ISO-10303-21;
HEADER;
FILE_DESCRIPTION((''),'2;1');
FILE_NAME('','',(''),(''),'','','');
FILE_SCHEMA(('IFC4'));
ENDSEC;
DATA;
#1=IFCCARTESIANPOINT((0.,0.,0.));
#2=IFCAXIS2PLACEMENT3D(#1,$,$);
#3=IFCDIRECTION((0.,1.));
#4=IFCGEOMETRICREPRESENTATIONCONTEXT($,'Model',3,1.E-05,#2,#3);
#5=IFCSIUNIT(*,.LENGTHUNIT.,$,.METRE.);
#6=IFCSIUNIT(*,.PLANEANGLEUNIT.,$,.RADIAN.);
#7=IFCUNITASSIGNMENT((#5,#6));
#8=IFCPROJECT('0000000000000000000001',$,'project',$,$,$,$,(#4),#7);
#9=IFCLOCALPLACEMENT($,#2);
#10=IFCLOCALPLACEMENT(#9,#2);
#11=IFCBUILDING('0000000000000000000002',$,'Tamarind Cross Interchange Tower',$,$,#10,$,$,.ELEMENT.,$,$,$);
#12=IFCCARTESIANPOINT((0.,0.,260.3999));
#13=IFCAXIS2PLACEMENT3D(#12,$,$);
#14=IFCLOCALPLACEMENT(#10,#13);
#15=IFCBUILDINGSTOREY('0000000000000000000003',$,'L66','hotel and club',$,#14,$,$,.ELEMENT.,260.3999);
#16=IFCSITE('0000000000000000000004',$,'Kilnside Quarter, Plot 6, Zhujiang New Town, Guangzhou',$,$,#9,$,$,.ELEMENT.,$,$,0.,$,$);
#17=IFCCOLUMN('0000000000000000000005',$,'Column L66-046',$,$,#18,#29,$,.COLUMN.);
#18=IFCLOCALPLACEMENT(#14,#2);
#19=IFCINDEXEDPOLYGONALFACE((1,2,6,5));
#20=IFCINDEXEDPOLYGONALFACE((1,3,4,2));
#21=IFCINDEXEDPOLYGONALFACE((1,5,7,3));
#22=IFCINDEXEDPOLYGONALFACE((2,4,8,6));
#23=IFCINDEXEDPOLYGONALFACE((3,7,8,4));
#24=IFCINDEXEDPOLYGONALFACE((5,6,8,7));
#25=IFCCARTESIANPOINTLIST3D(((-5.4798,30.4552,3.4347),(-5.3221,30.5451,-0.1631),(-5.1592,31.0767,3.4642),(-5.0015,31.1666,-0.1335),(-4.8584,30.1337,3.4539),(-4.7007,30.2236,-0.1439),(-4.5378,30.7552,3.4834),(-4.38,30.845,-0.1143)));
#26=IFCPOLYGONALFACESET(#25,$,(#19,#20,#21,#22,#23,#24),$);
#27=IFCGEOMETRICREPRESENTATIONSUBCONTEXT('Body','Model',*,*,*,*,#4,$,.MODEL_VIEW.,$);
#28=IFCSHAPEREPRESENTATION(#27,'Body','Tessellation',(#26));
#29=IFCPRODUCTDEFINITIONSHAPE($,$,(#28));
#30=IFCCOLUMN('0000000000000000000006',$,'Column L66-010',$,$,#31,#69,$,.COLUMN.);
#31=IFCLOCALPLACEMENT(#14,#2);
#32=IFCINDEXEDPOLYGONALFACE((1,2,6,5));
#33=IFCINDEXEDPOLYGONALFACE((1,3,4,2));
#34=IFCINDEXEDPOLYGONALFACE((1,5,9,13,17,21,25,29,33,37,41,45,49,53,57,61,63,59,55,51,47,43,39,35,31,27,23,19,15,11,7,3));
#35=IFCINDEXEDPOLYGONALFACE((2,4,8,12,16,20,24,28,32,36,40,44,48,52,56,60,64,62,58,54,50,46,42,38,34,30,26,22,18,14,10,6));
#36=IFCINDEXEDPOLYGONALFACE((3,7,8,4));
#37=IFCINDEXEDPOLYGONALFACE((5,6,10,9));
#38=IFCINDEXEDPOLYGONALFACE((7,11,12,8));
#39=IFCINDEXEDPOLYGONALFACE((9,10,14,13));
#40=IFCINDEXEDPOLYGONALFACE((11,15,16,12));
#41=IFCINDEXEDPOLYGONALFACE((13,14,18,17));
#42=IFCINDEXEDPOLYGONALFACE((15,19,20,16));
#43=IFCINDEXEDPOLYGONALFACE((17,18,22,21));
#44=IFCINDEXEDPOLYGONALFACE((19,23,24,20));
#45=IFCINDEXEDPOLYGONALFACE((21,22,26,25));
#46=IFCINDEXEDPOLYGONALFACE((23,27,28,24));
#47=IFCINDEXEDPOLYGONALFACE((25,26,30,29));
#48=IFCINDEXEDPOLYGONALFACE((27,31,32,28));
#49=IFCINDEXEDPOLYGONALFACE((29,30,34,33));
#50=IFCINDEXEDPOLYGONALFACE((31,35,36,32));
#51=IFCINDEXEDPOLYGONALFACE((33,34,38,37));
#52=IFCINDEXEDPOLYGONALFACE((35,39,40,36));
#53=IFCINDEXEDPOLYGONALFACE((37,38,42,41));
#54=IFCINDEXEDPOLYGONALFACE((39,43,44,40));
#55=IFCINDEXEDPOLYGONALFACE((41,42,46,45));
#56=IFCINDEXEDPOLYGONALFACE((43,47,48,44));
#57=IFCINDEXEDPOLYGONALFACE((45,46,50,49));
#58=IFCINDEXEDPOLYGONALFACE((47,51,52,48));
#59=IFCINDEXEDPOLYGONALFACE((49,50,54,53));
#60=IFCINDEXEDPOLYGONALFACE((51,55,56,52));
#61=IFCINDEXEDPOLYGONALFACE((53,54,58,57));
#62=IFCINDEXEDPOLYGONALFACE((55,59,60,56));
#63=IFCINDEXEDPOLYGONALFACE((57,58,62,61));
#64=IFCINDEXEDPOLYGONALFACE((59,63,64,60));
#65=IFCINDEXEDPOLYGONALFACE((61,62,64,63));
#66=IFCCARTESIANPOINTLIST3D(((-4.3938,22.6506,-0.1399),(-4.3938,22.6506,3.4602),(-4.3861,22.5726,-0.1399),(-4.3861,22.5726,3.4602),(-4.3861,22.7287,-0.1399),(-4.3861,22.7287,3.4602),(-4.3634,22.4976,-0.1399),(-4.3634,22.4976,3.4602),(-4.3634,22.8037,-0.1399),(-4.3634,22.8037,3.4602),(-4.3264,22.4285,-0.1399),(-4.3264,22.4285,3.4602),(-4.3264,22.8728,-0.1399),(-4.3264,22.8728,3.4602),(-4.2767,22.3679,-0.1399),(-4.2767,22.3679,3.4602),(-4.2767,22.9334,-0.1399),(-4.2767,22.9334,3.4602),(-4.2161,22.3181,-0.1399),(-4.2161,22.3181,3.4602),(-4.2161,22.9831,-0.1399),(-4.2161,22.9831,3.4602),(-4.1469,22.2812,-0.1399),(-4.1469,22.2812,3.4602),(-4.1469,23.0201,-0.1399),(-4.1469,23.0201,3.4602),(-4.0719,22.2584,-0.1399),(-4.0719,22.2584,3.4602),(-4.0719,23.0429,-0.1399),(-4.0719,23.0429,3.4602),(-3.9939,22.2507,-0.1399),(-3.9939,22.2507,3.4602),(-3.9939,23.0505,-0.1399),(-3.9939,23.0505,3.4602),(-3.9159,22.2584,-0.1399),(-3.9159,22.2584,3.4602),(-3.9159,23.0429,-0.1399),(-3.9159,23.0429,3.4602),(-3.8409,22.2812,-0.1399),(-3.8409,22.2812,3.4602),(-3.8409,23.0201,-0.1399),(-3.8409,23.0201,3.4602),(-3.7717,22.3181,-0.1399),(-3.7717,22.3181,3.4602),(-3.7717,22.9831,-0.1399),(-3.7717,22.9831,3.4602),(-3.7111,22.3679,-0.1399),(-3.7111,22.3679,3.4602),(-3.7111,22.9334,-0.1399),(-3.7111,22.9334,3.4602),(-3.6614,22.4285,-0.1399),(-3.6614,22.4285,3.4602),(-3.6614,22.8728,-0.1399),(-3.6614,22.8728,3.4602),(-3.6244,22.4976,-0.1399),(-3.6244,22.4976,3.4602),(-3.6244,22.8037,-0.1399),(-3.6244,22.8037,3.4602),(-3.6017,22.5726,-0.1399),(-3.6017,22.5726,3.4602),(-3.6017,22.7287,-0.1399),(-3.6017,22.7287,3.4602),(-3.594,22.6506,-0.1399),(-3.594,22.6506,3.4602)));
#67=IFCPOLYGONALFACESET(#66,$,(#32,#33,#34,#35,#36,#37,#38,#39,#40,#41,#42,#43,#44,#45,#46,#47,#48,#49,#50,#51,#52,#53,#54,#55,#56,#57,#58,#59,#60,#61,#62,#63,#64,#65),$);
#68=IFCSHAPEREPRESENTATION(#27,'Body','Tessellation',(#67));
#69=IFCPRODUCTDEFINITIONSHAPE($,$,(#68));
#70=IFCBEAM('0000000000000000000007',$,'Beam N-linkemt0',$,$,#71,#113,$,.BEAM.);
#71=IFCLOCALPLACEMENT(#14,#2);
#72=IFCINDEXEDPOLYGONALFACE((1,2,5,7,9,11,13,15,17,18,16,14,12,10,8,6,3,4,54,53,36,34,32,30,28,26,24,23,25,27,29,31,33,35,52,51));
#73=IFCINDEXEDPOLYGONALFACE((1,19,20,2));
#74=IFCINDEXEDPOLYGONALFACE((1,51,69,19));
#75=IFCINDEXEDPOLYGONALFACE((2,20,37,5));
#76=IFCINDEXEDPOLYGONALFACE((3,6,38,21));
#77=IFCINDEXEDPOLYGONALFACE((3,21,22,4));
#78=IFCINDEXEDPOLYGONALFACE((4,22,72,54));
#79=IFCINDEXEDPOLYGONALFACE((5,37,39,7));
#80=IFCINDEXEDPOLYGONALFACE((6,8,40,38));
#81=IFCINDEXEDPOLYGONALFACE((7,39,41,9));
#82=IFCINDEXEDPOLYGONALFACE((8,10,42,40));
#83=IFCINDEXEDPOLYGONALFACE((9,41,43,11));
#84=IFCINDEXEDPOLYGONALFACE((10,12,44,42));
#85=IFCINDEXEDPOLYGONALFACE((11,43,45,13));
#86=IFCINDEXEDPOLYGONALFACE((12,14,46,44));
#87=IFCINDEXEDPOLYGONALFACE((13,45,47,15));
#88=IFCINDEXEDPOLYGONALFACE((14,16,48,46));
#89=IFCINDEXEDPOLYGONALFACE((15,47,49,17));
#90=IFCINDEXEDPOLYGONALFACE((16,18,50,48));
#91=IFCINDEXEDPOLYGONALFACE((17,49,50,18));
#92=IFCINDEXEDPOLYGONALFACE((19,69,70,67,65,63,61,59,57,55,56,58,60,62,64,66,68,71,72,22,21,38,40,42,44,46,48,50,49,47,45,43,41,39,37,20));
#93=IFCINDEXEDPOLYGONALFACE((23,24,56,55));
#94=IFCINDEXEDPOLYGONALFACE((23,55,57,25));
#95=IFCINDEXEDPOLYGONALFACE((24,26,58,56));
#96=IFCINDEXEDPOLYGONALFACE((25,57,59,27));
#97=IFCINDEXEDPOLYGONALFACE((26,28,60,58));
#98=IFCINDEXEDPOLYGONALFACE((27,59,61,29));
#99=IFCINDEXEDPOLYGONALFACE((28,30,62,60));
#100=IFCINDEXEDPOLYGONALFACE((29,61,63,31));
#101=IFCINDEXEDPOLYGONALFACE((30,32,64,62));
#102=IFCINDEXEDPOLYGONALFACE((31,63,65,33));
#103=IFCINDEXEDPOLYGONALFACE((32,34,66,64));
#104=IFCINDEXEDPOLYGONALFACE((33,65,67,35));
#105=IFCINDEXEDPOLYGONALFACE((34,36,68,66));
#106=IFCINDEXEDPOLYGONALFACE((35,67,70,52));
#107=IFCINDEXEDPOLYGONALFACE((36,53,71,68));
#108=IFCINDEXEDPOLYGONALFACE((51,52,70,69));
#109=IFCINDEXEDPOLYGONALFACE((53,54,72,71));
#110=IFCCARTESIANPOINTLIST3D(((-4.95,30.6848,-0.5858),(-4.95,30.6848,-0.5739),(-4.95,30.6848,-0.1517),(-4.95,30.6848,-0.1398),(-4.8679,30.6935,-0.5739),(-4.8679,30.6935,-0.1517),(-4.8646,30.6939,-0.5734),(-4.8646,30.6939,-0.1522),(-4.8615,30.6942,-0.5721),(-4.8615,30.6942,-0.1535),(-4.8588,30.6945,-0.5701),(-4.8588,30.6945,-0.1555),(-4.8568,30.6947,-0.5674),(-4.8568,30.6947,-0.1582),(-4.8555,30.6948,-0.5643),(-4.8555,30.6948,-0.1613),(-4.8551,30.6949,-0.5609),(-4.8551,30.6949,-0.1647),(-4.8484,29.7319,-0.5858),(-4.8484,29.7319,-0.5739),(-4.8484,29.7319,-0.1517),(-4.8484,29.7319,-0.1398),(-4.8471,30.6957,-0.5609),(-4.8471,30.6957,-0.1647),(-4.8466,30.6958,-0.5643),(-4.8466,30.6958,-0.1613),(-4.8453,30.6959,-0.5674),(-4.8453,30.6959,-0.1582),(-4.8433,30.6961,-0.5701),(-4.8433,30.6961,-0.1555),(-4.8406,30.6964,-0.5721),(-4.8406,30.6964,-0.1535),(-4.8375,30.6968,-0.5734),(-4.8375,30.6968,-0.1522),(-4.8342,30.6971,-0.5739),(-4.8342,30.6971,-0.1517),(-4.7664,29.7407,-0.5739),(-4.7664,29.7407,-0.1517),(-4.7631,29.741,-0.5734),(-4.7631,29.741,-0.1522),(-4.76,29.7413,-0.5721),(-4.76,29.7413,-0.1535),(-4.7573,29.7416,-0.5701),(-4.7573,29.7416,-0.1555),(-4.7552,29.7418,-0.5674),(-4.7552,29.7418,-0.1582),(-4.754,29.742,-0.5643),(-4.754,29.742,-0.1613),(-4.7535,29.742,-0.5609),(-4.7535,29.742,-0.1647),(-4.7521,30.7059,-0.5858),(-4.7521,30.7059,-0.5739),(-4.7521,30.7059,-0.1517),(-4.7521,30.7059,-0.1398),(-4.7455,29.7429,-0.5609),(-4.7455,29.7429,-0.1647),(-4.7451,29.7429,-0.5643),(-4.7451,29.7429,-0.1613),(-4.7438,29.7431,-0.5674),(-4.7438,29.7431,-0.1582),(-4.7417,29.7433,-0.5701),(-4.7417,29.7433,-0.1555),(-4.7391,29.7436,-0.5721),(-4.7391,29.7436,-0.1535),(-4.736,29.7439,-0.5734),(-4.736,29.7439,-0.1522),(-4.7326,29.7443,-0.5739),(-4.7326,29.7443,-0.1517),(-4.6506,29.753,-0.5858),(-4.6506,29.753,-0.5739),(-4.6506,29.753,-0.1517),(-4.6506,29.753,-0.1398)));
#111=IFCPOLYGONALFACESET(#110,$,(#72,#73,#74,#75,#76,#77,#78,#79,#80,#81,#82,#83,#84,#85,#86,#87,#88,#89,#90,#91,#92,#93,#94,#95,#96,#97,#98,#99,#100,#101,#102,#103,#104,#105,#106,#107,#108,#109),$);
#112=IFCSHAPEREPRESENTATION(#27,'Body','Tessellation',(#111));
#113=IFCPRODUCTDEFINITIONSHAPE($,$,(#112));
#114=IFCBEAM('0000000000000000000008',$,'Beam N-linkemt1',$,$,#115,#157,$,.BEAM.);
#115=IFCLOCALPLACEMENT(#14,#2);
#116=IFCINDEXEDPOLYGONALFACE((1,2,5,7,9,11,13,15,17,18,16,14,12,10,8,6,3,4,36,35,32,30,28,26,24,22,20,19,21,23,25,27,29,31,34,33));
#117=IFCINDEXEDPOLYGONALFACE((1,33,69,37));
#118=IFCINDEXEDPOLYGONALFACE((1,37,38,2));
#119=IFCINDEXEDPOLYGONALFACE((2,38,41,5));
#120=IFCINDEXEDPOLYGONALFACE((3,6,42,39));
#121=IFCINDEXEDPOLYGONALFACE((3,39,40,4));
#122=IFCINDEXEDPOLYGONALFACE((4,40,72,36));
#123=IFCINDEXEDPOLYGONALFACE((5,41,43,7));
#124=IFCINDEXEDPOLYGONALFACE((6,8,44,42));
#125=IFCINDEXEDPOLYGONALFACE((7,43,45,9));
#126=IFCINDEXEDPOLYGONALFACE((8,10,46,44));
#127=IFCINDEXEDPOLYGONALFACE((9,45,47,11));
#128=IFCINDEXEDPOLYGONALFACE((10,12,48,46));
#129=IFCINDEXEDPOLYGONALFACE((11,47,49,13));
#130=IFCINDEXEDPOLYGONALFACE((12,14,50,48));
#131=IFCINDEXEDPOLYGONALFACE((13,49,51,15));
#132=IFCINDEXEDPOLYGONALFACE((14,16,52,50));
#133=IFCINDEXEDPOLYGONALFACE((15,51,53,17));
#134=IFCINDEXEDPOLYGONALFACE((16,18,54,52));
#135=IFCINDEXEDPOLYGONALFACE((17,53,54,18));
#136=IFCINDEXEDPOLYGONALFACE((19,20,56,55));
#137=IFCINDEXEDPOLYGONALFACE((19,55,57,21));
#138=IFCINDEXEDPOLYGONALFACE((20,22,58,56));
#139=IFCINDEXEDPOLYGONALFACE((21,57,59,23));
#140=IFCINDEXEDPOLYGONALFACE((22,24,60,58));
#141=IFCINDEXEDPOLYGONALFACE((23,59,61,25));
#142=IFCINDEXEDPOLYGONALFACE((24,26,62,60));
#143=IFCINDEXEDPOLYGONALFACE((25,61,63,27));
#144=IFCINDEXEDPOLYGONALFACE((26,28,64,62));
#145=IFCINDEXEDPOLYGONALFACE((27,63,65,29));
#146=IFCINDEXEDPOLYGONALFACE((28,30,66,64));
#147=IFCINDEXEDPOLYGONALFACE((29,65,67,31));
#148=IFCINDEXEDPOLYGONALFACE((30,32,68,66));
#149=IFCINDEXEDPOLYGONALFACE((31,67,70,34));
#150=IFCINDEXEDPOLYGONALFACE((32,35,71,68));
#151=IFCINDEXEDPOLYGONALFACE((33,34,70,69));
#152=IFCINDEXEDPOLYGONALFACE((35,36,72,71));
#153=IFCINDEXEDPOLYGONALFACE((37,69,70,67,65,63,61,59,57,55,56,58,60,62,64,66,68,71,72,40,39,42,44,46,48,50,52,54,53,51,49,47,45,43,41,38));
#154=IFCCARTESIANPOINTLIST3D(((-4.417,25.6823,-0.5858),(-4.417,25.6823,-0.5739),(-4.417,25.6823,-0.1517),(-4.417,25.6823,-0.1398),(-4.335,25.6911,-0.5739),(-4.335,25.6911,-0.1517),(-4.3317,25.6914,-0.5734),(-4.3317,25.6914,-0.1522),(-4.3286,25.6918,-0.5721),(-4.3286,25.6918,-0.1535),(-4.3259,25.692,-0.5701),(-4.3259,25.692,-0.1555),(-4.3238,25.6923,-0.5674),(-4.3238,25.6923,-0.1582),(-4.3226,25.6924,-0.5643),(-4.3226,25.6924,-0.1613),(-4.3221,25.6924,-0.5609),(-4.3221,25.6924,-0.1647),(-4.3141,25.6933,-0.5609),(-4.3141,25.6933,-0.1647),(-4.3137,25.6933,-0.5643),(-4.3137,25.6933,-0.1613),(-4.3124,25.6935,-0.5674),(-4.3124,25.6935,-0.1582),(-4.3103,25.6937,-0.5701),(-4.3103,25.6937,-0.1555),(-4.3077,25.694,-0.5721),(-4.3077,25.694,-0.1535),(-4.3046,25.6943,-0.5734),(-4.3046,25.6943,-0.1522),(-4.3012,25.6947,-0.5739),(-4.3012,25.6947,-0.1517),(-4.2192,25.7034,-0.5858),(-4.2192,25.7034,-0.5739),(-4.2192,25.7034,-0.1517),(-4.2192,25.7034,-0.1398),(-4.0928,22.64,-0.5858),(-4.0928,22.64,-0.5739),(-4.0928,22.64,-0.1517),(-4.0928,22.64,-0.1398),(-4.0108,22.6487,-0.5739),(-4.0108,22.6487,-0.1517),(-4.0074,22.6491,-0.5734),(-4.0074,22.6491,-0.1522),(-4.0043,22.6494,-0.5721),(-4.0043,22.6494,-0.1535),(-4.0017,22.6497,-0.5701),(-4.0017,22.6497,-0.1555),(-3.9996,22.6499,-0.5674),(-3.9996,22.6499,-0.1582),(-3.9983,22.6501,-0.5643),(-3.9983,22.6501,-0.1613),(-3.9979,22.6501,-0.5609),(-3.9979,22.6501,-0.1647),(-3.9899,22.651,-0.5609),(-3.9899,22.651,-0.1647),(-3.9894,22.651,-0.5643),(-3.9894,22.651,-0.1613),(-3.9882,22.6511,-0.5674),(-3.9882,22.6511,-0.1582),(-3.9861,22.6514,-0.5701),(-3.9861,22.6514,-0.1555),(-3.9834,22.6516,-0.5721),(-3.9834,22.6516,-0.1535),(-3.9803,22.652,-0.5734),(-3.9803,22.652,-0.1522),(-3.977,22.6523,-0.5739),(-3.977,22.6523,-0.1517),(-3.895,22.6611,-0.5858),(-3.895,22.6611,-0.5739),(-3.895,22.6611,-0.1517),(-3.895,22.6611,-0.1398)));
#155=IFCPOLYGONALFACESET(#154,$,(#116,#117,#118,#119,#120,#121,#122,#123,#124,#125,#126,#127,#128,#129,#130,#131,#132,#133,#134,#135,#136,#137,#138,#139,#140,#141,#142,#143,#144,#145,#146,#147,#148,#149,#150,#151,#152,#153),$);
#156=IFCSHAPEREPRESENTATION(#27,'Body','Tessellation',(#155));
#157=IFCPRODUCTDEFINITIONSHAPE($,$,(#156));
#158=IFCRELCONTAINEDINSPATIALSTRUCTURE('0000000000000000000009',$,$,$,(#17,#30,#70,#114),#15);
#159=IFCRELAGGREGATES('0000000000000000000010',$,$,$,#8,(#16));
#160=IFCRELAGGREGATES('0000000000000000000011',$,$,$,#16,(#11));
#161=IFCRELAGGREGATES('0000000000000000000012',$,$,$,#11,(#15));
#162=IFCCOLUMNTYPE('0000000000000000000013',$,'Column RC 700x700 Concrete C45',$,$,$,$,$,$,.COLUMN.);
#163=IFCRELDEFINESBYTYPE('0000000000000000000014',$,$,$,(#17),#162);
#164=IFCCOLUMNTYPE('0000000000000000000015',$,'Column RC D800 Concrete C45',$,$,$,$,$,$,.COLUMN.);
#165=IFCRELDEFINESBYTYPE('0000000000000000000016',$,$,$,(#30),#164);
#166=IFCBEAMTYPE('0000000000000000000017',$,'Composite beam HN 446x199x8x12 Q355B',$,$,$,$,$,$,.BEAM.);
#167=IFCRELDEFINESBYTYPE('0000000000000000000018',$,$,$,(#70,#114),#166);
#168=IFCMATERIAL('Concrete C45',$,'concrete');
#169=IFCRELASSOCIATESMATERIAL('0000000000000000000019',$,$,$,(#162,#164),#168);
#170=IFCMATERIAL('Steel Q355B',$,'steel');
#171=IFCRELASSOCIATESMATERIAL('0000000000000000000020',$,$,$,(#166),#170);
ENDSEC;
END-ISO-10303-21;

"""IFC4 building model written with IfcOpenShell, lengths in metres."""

from ifc_helpers import new_model, si_unit, direction, frame, origin, origin_2d, place, context, subcontext, project, spatial, rectangle, circle, i_section, extrude, material, material_profile, profile_set, type_object, element, save


model = new_model("IFC4")

# Units and contexts
model_context = context("Model", 3, precision=1e-05, world=origin(), true_north=direction((0.0, 1.0)))
body_context = subcontext(model_context, "Body", "Model", "MODEL_VIEW")
ifc_project = project(units=[si_unit("LENGTHUNIT", "METRE"), si_unit("PLANEANGLEUNIT", "RADIAN")], contexts=[model_context])

# Site, building, storey
site_placement = place(None, origin())
site = spatial("IfcSite", under=ifc_project, at=site_placement, Name="Kilnside Quarter, Plot 6, Zhujiang New Town, Guangzhou", CompositionType="ELEMENT", RefElevation=0.0)
building_placement = place(site_placement, origin())
building = spatial("IfcBuilding", under=site, at=building_placement, Name="Tamarind Cross Interchange Tower", CompositionType="ELEMENT")
storey_placement = place(building_placement, frame((0.0, 0.0, 260.3999)))
storey = spatial("IfcBuildingStorey", under=building, at=storey_placement, Name="L66", Description="hotel and club", CompositionType="ELEMENT", Elevation=260.3999)

# Columns
ifc_material_1 = material(Name="Concrete C45", Category="concrete")
ifc_material_profile_1 = material_profile(ifc_material_1, rectangle(XDim=0.7, YDim=0.7, at=origin_2d()), Name="RC 700x700")
ifc_profile_set_1 = profile_set([ifc_material_profile_1], Name="Concrete C45")
column_type_1 = type_object("IfcColumnType", Name="Column RC 700x700 Concrete C45", PredefinedType="COLUMN", material=ifc_profile_set_1)
column_1_placement = place(storey_placement, frame((-4.8511, 30.6951, -0.1387), z_axis=(-0.043783, -0.024941, 0.99873), x_axis=(0.887828, -0.459357, 0.027449)))
element("IfcColumn", 1, at=column_1_placement, inside=storey, type_object=column_type_1, Name="Column L66-046", PredefinedType="COLUMN", context=body_context, shape_type="SweptSolid", body=[
    extrude(rectangle(XDim=0.7, YDim=0.7, at=origin_2d()), origin(), (0.0, 0.0, 1.0), 3.6023),
])
ifc_material_profile_2 = material_profile(ifc_material_1, circle(Radius=0.3999, at=origin_2d()), Name="RC D800")
ifc_profile_set_2 = profile_set([ifc_material_profile_2], Name="Concrete C45")
column_type_2 = type_object("IfcColumnType", Name="Column RC D800 Concrete C45", PredefinedType="COLUMN", material=ifc_profile_set_2)
column_2_placement = place(storey_placement, frame((-3.9939, 22.6506, -0.1399), z_axis=(0.0, 0.0, 1.0), x_axis=(1.0, 0.0, 0.0)))
element("IfcColumn", 2, at=column_2_placement, inside=storey, type_object=column_type_2, Name="Column L66-010", PredefinedType="COLUMN", context=body_context, shape_type="SweptSolid", body=[
    extrude(circle(Radius=0.3999, at=origin_2d()), origin(), (0.0, 0.0, 1.0), 3.6001),
])

# Beams
ifc_material_2 = material(Name="Steel Q355B", Category="steel")
ifc_material_profile_3 = material_profile(ifc_material_2, i_section(OverallWidth=0.199, OverallDepth=0.446, WebThickness=0.0081, FlangeThickness=0.012, FilletRadius=0.0129, at=origin_2d()), Name="HN 446x199x8x12")
ifc_profile_set_3 = profile_set([ifc_material_profile_3], Name="Steel Q355B")
beam_type_1 = type_object("IfcBeamType", Name="Composite beam HN 446x199x8x12 Q355B", PredefinedType="BEAM", material=ifc_profile_set_3)
beam_1_placement = place(storey_placement, frame((-4.8511, 30.6953, -0.3628), z_axis=(0.105984, -0.994368, 0.0), x_axis=(0.994368, 0.105984, 0.0)))
element("IfcBeam", 3, at=beam_1_placement, inside=storey, type_object=beam_type_1, Name="Beam N-linkemt0", PredefinedType="BEAM", context=body_context, shape_type="SweptSolid", body=[
    extrude(i_section(OverallWidth=0.199, OverallDepth=0.446, WebThickness=0.0081, FlangeThickness=0.012, FilletRadius=0.0129, at=origin_2d()), origin(), (0.0, 0.0, 1.0), 0.9583),
])
beam_2_placement = place(storey_placement, frame((-4.3181, 25.6929, -0.3628), z_axis=(0.105972, -0.994369, 0.0), x_axis=(0.994369, 0.105972, 0.0)))
element("IfcBeam", 4, at=beam_2_placement, inside=storey, type_object=beam_type_1, Name="Beam N-linkemt1", PredefinedType="BEAM", context=body_context, shape_type="SweptSolid", body=[
    extrude(i_section(OverallWidth=0.199, OverallDepth=0.446, WebThickness=0.0081, FlangeThickness=0.012, FilletRadius=0.0129, at=origin_2d()), origin(), (0.0, 0.0, 1.0), 3.0596),
])

save(model, "model.ifc")
